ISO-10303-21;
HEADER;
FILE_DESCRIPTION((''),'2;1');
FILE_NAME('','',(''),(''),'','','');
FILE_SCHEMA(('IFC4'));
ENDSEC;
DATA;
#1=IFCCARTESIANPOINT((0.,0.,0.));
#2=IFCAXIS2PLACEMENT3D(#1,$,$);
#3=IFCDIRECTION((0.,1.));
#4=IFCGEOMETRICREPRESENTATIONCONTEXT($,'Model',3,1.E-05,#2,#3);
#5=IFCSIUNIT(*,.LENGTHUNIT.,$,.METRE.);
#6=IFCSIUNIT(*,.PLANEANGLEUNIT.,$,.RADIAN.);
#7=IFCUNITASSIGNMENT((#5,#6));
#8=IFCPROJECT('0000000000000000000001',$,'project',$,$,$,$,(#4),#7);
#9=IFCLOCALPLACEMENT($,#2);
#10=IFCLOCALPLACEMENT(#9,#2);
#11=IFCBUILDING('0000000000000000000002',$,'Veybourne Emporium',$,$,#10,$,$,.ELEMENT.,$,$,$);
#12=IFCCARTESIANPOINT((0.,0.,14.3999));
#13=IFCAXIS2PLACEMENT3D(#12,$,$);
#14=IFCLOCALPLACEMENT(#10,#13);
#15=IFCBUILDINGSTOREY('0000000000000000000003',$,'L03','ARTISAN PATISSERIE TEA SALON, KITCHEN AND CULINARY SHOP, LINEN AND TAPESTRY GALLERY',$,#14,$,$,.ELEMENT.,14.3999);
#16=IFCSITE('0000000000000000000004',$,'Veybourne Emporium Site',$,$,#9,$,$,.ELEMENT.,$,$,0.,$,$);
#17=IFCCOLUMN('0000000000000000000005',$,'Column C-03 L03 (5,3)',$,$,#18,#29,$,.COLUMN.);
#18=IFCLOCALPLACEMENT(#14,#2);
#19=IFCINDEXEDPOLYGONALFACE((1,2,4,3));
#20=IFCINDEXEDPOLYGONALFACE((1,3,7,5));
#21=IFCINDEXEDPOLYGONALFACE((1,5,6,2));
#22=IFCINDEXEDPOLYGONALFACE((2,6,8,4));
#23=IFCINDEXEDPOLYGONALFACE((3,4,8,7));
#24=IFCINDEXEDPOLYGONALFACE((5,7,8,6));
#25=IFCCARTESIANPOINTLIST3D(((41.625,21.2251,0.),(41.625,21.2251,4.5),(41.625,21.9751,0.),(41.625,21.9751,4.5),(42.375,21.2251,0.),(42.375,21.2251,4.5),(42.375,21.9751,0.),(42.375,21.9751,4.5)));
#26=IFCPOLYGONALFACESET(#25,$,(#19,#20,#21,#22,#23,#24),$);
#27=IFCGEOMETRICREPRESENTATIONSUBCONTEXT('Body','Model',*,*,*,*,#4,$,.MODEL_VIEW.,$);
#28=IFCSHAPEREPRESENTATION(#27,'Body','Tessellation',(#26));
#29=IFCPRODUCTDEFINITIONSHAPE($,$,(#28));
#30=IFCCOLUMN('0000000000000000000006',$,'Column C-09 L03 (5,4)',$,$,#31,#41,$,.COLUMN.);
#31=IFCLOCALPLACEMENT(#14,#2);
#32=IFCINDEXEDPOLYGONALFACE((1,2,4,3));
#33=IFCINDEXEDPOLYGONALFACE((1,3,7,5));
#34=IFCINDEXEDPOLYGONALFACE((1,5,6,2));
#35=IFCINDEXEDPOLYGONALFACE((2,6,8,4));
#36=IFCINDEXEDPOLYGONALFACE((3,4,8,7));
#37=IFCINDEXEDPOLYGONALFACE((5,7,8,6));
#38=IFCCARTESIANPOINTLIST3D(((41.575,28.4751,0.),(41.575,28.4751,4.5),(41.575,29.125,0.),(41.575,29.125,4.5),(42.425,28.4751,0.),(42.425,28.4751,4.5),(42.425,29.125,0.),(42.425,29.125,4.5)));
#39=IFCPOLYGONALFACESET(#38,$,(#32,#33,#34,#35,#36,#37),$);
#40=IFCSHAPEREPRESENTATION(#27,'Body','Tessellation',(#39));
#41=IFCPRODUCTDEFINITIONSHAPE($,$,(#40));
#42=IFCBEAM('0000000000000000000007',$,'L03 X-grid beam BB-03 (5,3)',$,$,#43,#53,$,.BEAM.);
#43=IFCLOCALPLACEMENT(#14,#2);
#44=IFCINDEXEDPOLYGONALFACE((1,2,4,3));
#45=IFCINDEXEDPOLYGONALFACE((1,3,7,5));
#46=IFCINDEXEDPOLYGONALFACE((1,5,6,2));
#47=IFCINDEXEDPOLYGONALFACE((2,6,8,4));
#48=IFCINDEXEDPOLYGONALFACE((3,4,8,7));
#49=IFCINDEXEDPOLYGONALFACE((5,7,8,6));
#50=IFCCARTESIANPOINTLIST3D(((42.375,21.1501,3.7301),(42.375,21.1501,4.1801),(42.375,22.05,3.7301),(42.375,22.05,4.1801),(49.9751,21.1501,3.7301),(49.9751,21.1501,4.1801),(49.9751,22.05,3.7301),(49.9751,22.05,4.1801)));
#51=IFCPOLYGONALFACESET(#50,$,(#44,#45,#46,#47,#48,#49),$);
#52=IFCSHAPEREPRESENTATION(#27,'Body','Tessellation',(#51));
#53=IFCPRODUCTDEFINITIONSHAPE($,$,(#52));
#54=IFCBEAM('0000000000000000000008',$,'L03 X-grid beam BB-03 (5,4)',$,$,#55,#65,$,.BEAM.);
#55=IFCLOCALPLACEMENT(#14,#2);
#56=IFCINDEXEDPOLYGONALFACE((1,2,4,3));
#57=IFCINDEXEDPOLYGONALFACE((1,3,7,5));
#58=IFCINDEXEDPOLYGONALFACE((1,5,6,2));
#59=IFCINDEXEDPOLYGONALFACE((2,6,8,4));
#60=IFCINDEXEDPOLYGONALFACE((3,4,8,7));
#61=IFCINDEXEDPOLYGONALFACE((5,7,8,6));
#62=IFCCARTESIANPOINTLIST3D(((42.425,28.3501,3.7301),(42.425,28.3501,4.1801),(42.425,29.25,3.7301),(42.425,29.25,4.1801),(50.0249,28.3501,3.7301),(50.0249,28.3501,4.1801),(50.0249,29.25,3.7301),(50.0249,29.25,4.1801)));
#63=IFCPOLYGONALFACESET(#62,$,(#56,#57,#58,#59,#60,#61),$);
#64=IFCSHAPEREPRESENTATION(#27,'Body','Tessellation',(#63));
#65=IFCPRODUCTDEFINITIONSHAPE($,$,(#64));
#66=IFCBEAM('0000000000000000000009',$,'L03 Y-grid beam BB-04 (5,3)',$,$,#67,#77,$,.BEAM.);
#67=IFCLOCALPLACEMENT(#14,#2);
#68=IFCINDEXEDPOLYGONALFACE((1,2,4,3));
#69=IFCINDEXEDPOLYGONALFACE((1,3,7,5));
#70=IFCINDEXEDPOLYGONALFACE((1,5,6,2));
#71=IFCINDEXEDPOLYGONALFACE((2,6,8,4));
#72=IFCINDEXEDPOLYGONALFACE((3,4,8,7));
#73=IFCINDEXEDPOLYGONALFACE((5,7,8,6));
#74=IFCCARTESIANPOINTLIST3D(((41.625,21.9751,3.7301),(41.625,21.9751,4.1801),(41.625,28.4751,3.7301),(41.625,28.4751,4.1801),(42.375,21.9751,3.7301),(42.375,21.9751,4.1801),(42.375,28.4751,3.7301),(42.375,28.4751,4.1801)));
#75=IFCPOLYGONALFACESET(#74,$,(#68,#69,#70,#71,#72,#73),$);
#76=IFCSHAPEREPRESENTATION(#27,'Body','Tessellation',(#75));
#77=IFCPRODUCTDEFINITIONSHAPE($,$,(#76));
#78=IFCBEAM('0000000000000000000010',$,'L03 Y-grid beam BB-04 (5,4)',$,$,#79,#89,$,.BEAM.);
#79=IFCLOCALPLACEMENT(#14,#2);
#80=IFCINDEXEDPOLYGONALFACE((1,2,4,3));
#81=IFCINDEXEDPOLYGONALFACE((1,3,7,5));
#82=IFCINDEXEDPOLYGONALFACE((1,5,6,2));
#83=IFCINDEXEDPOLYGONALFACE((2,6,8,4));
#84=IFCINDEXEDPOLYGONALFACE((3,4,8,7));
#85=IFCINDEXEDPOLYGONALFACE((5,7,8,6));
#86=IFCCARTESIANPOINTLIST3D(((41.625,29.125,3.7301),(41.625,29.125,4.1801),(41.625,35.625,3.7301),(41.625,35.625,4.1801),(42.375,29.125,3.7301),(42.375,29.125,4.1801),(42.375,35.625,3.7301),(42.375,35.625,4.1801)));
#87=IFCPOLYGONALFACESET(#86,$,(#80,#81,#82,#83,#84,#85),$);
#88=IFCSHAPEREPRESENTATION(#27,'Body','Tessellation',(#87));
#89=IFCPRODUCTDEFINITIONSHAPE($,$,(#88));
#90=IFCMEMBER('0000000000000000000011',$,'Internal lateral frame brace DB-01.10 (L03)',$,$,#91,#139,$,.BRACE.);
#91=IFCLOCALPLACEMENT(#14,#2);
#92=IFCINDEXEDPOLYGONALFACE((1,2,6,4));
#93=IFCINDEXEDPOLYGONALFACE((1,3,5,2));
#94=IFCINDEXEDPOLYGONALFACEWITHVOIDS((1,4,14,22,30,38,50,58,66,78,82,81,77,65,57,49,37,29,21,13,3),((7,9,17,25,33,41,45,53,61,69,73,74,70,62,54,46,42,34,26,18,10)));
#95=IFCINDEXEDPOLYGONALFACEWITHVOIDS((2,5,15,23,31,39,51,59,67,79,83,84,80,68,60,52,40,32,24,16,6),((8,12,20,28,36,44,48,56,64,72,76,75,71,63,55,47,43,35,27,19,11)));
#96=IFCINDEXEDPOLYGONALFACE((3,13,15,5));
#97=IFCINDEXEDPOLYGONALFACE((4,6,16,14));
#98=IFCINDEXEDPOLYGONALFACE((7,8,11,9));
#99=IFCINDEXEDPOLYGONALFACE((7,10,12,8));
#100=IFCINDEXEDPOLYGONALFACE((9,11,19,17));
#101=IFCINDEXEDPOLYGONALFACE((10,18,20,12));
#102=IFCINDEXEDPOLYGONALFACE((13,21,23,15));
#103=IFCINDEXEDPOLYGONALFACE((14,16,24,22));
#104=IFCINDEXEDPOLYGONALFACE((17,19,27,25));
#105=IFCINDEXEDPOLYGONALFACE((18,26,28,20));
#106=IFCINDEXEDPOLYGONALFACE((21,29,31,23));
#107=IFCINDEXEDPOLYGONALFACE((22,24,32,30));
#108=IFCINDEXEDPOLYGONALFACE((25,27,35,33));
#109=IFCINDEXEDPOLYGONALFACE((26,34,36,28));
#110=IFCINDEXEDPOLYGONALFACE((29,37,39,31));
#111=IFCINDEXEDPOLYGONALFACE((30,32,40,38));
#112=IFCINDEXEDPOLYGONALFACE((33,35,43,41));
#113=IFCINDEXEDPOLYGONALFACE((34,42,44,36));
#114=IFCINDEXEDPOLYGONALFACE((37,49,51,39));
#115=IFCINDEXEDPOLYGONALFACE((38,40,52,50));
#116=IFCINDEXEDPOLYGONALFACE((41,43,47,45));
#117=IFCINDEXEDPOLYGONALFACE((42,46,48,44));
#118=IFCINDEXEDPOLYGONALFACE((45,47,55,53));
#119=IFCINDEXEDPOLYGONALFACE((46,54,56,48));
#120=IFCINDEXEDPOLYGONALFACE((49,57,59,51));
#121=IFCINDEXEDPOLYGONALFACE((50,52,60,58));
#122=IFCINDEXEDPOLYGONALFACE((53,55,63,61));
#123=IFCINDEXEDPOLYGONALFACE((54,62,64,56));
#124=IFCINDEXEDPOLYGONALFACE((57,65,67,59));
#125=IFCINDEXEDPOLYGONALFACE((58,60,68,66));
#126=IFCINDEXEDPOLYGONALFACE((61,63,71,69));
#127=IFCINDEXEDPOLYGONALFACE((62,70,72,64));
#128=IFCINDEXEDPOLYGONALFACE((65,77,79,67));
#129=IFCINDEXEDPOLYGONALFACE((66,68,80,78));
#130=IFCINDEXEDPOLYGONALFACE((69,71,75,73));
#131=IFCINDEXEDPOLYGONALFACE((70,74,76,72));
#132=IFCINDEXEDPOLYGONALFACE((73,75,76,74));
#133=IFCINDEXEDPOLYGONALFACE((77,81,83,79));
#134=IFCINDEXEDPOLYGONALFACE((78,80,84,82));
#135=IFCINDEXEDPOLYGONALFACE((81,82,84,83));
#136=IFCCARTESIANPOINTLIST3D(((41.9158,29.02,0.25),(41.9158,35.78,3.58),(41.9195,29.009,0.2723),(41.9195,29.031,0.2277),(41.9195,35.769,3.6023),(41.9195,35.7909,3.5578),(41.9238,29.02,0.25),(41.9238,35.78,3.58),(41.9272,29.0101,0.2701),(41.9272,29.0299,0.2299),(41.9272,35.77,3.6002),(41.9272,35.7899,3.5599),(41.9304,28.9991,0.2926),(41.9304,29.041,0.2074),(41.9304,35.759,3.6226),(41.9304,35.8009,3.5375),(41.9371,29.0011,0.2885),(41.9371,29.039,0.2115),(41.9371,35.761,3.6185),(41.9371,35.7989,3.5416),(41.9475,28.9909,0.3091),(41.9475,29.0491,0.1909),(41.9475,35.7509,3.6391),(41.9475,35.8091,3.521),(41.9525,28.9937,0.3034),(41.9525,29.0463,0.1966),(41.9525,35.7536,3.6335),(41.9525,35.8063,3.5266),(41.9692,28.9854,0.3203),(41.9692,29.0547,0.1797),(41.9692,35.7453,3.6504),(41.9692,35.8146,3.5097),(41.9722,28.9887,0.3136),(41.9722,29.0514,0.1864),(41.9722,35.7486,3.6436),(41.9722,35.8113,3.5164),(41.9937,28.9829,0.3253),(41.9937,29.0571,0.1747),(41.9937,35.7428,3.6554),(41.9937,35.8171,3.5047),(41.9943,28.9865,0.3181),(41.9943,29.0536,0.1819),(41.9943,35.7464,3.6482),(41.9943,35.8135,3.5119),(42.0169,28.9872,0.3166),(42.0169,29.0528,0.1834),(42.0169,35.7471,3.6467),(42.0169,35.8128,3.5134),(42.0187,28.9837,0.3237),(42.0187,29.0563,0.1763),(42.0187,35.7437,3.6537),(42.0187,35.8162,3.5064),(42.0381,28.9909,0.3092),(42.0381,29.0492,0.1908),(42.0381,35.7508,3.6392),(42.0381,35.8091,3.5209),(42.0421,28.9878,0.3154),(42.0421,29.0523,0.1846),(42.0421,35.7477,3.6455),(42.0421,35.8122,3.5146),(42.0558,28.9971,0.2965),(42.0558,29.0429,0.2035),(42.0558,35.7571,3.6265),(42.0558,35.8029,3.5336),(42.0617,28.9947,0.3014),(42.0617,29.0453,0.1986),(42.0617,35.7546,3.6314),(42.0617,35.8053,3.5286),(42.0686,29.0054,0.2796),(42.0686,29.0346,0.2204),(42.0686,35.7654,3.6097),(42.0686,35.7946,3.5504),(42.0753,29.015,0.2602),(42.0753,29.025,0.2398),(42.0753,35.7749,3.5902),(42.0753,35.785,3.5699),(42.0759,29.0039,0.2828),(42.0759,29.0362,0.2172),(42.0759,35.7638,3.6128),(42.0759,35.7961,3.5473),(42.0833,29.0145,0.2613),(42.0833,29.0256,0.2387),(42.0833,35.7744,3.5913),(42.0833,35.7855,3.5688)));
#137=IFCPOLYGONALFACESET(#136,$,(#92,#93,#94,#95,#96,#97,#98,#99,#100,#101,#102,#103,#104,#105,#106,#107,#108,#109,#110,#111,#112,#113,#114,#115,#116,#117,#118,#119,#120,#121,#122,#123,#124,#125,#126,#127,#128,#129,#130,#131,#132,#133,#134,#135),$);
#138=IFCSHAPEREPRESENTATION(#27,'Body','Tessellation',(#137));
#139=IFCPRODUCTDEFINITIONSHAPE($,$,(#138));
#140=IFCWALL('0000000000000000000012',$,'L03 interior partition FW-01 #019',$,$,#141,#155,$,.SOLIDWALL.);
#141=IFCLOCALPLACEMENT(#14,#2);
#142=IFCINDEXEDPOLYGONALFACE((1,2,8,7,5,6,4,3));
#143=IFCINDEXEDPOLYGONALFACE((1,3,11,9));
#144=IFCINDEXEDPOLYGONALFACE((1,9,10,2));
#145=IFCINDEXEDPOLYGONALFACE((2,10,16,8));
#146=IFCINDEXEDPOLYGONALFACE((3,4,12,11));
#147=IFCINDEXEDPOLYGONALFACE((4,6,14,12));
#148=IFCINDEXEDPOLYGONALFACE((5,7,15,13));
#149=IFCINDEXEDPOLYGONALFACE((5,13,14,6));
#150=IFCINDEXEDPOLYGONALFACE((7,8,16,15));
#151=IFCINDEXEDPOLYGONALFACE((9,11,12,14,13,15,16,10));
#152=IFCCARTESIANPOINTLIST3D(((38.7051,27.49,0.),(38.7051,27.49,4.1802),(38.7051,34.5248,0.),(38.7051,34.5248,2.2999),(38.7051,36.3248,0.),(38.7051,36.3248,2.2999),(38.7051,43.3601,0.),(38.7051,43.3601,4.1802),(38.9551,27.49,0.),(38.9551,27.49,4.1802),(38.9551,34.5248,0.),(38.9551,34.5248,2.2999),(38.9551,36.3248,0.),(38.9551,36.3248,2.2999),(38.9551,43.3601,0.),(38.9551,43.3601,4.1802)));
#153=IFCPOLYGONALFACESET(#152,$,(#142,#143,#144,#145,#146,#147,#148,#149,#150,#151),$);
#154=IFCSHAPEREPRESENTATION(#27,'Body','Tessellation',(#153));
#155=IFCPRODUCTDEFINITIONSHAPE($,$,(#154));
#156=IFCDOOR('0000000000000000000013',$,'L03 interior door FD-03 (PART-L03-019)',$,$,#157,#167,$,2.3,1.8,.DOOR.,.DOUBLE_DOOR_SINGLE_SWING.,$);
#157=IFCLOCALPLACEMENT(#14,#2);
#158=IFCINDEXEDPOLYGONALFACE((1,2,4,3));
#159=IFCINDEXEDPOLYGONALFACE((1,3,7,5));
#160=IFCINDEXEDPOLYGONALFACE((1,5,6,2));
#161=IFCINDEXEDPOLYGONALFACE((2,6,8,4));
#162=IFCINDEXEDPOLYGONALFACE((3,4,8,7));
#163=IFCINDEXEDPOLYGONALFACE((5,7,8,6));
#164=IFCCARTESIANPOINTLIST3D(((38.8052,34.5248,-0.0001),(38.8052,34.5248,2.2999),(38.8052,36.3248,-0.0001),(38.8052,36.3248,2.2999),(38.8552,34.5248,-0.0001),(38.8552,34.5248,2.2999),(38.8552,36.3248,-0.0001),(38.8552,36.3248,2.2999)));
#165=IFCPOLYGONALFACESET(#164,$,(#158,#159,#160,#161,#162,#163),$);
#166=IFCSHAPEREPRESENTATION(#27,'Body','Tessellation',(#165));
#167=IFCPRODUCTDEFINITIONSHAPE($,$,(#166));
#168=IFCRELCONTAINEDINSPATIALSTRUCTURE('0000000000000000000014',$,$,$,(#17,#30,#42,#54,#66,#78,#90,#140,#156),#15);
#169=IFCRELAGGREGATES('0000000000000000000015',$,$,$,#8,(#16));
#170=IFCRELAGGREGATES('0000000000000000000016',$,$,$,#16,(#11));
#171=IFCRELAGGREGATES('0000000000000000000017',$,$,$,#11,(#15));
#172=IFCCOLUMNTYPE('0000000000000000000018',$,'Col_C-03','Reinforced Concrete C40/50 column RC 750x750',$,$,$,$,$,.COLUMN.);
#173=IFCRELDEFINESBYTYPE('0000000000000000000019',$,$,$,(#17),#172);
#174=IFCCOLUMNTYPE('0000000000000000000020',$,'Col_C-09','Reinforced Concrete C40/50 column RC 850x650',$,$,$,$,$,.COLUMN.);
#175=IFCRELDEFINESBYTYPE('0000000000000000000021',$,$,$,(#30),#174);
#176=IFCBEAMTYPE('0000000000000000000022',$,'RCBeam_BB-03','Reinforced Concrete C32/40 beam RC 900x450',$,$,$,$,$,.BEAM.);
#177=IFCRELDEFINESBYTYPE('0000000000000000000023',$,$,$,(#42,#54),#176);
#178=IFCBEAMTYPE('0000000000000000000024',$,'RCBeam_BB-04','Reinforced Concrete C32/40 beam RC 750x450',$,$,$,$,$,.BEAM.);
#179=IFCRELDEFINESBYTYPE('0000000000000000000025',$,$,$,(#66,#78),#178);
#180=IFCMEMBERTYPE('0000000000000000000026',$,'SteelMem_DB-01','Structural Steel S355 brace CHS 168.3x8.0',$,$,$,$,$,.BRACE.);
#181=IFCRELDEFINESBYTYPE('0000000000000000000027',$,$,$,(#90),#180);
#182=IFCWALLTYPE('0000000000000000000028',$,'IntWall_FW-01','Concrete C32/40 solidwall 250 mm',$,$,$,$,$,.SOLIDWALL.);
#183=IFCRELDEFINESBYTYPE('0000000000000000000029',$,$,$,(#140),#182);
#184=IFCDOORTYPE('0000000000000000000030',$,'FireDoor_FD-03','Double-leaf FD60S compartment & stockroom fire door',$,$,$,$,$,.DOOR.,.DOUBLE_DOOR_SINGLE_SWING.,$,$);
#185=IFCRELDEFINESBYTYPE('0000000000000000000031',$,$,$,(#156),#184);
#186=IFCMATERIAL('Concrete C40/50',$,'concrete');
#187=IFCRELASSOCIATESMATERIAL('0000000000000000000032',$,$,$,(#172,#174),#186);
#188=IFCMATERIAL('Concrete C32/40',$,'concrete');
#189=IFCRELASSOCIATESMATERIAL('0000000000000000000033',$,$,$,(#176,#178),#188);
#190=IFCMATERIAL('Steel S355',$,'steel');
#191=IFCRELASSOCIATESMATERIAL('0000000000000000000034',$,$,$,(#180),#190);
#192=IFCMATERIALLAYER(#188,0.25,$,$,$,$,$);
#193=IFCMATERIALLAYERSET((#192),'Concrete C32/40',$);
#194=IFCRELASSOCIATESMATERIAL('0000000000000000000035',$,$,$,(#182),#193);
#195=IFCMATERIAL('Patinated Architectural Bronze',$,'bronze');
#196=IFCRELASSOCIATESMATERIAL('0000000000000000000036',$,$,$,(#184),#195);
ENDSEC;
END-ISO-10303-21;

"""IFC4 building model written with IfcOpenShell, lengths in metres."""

from ifc_helpers import new_model, si_unit, direction, frame, frame_2d, origin, origin_2d, place, context, subcontext, project, spatial, rectangle, hollow_circle, extrude, material, layer, layer_set, material_profile, profile_set, type_object, element, fill, save


model = new_model("IFC4")

# Units and contexts
model_context = context("Model", 3, precision=1e-05, world=origin(), true_north=direction((0.0, 1.0)))
body_context = subcontext(model_context, "Body", "Model", "MODEL_VIEW")
ifc_project = project(units=[si_unit("LENGTHUNIT", "METRE"), si_unit("PLANEANGLEUNIT", "RADIAN")], contexts=[model_context])

# Site, building, storey
site_placement = place(None, origin())
site = spatial("IfcSite", under=ifc_project, at=site_placement, Name="Veybourne Emporium Site", CompositionType="ELEMENT", RefElevation=0.0)
building_placement = place(site_placement, origin())
building = spatial("IfcBuilding", under=site, at=building_placement, Name="Veybourne Emporium", CompositionType="ELEMENT")
storey_placement = place(building_placement, frame((0.0, 0.0, 14.3999)))
storey = spatial("IfcBuildingStorey", under=building, at=storey_placement, Name="L03", Description="ARTISAN PATISSERIE TEA SALON, KITCHEN AND CULINARY SHOP, LINEN AND TAPESTRY GALLERY", CompositionType="ELEMENT", Elevation=14.3999)

# Columns
ifc_material_1 = material(Name="Concrete C40/50", Category="concrete")
ifc_material_profile_1 = material_profile(ifc_material_1, rectangle(XDim=0.75, YDim=0.75, at=origin_2d()), Name="RC 750x750")
ifc_profile_set_1 = profile_set([ifc_material_profile_1], Name="Concrete C40/50")
column_type_1 = type_object("IfcColumnType", Name="Col_C-03", Description="Reinforced Concrete C40/50 column RC 750x750", PredefinedType="COLUMN", material=ifc_profile_set_1)
column_1_placement = place(storey_placement, frame((42.0, 21.6001, 0.0), z_axis=(0.0, 0.0, 1.0), x_axis=(1.0, 0.0, 0.0)))
element("IfcColumn", 1, at=column_1_placement, inside=storey, type_object=column_type_1, Name="Column C-03 L03 (5,3)", PredefinedType="COLUMN", context=body_context, shape_type="SweptSolid", body=[
    extrude(rectangle(XDim=0.75, YDim=0.75, at=origin_2d()), origin(), (0.0, 0.0, 1.0), 4.5),
])
ifc_material_profile_2 = material_profile(ifc_material_1, rectangle(XDim=0.8501, YDim=0.6499, at=origin_2d()), Name="RC 850x650")
ifc_profile_set_2 = profile_set([ifc_material_profile_2], Name="Concrete C40/50")
column_type_2 = type_object("IfcColumnType", Name="Col_C-09", Description="Reinforced Concrete C40/50 column RC 850x650", PredefinedType="COLUMN", material=ifc_profile_set_2)
column_2_placement = place(storey_placement, frame((42.0, 28.8, 0.0), z_axis=(0.0, 0.0, 1.0), x_axis=(1.0, 0.0, 0.0)))
element("IfcColumn", 2, at=column_2_placement, inside=storey, type_object=column_type_2, Name="Column C-09 L03 (5,4)", PredefinedType="COLUMN", context=body_context, shape_type="SweptSolid", body=[
    extrude(rectangle(XDim=0.8501, YDim=0.6499, at=origin_2d()), origin(), (0.0, 0.0, 1.0), 4.5),
])

# Beams
ifc_material_2 = material(Name="Concrete C32/40", Category="concrete")
ifc_material_profile_3 = material_profile(ifc_material_2, rectangle(XDim=0.8999, YDim=0.45, at=origin_2d()), Name="RC 900x450")
ifc_profile_set_3 = profile_set([ifc_material_profile_3], Name="Concrete C32/40")
beam_type_1 = type_object("IfcBeamType", Name="RCBeam_BB-03", Description="Reinforced Concrete C32/40 beam RC 900x450", PredefinedType="BEAM", material=ifc_profile_set_3)
beam_1_placement = place(storey_placement, frame((42.375, 21.6001, 3.9551), z_axis=(1.0, 0.0, 0.0), x_axis=(0.0, 1.0, 0.0)))
element("IfcBeam", 3, at=beam_1_placement, inside=storey, type_object=beam_type_1, Name="L03 X-grid beam BB-03 (5,3)", PredefinedType="BEAM", context=body_context, shape_type="SweptSolid", body=[
    extrude(rectangle(XDim=0.8999, YDim=0.45, at=origin_2d()), origin(), (0.0, 0.0, 1.0), 7.6001),
])
beam_2_placement = place(storey_placement, frame((42.425, 28.8, 3.9551), z_axis=(1.0, 0.0, 0.0), x_axis=(0.0, 1.0, 0.0)))
element("IfcBeam", 4, at=beam_2_placement, inside=storey, type_object=beam_type_1, Name="L03 X-grid beam BB-03 (5,4)", PredefinedType="BEAM", context=body_context, shape_type="SweptSolid", body=[
    extrude(rectangle(XDim=0.8999, YDim=0.45, at=origin_2d()), origin(), (0.0, 0.0, 1.0), 7.5999),
])
ifc_material_profile_4 = material_profile(ifc_material_2, rectangle(XDim=0.75, YDim=0.45, at=origin_2d()), Name="RC 750x450")
ifc_profile_set_4 = profile_set([ifc_material_profile_4], Name="Concrete C32/40")
beam_type_2 = type_object("IfcBeamType", Name="RCBeam_BB-04", Description="Reinforced Concrete C32/40 beam RC 750x450", PredefinedType="BEAM", material=ifc_profile_set_4)
for number, where, z_axis, x_axis, name in (
    (5, (42.0, 21.9751, 3.9551), (0.0, 1.0, 0.0), (-1.0, 0.0, 0.0), "L03 Y-grid beam BB-04 (5,3)"),
    (6, (42.0, 29.125, 3.9551), (0.0, 1.0, 0.0), (-1.0, 0.0, 0.0), "L03 Y-grid beam BB-04 (5,4)"),
):
    element("IfcBeam", number, at=place(storey_placement, frame(where, z_axis=z_axis, x_axis=x_axis)), inside=storey, type_object=beam_type_2, Name=name, PredefinedType="BEAM", context=body_context, shape_type="SweptSolid", body=[
        extrude(rectangle(XDim=0.75, YDim=0.45, at=origin_2d()), origin(), (0.0, 0.0, 1.0), 6.5),
    ])

# Member
ifc_material_3 = material(Name="Steel S355", Category="steel")
ifc_material_profile_5 = material_profile(ifc_material_3, hollow_circle(Radius=0.0842, WallThickness=0.0081, at=origin_2d()), Name="CHS 168.3x8.0")
ifc_profile_set_5 = profile_set([ifc_material_profile_5], Name="Steel S355")
member_type = type_object("IfcMemberType", Name="SteelMem_DB-01", Description="Structural Steel S355 brace CHS 168.3x8.0", PredefinedType="BRACE", material=ifc_profile_set_5)
member_placement = place(storey_placement, frame((42.0, 29.02, 0.25), z_axis=(0.0, 0.897062, 0.441905), x_axis=(-1.0, 0.0, 0.0)))
element("IfcMember", 7, at=member_placement, inside=storey, type_object=member_type, Name="Internal lateral frame brace DB-01.10 (L03)", PredefinedType="BRACE", context=body_context, shape_type="SweptSolid", body=[
    extrude(hollow_circle(Radius=0.0842, WallThickness=0.0081, at=origin_2d()), origin(), (0.0, 0.0, 1.0), 7.5356),
])

# Wall, opening, door
ifc_layer_1 = layer(ifc_material_2, 0.25)
ifc_layer_set_1 = layer_set([ifc_layer_1], Name="Concrete C32/40")
wall_type_1 = type_object("IfcWallType", Name="IntWall_FW-01", Description="Concrete C32/40 solidwall 250 mm", PredefinedType="SOLIDWALL", material=ifc_layer_set_1)
wall_1_placement = place(storey_placement, frame((38.8301, 27.49, 0.0), z_axis=(0.0, 0.0, 1.0), x_axis=(0.0, 1.0, 0.0)))
wall_1 = element("IfcWall", 8, at=wall_1_placement, inside=storey, type_object=wall_type_1, Name="L03 interior partition FW-01 #019", PredefinedType="SOLIDWALL", context=body_context, shape_type="SweptSolid", body=[
    extrude(rectangle(XDim=15.8701, YDim=0.25, at=frame_2d((7.9351, 0.0))), origin(), (0.0, 0.0, 1.0), 4.1802),
])
opening_1_placement = place(wall_1_placement, frame((7.0349, 0.0, 0.0)))
opening_1 = element("IfcOpeningElement", 9, at=opening_1_placement, cuts=wall_1, PredefinedType="OPENING", context=body_context, shape_type="SweptSolid", body=[
    extrude(rectangle(XDim=1.8, YDim=2.3, at=frame_2d((0.8999, 1.1499))), frame((0.0, 0.145, 0.0), z_axis=(0.0, -1.0, 0.0), x_axis=(1.0, 0.0, 0.0)), (0.0, 0.0, 1.0), 0.29),
])
ifc_material_4 = material(Name="Patinated Architectural Bronze", Category="bronze")
door_type_1 = type_object("IfcDoorType", Name="FireDoor_FD-03", Description="Double-leaf FD60S compartment & stockroom fire door", OperationType="DOUBLE_DOOR_SINGLE_SWING", PredefinedType="DOOR", material=ifc_material_4)
door_1_placement = place(opening_1_placement, origin())
door_1 = element("IfcDoor", 10, at=door_1_placement, inside=storey, type_object=door_type_1, Name="L03 interior door FD-03 (PART-L03-019)", OperationType="DOUBLE_DOOR_SINGLE_SWING", OverallHeight=2.3, OverallWidth=1.8, PredefinedType="DOOR", context=body_context, shape_type="SweptSolid", body=[
    extrude(rectangle(XDim=1.8, YDim=2.3, at=frame_2d((0.8999, 1.1499))), frame((0.0, 0.0249, 0.0), z_axis=(0.0, -1.0, 0.0), x_axis=(1.0, 0.0, 0.0)), (0.0, 0.0, 1.0), 0.05),
])
fill(opening_1, door_1)

save(model, "model.ifc")
